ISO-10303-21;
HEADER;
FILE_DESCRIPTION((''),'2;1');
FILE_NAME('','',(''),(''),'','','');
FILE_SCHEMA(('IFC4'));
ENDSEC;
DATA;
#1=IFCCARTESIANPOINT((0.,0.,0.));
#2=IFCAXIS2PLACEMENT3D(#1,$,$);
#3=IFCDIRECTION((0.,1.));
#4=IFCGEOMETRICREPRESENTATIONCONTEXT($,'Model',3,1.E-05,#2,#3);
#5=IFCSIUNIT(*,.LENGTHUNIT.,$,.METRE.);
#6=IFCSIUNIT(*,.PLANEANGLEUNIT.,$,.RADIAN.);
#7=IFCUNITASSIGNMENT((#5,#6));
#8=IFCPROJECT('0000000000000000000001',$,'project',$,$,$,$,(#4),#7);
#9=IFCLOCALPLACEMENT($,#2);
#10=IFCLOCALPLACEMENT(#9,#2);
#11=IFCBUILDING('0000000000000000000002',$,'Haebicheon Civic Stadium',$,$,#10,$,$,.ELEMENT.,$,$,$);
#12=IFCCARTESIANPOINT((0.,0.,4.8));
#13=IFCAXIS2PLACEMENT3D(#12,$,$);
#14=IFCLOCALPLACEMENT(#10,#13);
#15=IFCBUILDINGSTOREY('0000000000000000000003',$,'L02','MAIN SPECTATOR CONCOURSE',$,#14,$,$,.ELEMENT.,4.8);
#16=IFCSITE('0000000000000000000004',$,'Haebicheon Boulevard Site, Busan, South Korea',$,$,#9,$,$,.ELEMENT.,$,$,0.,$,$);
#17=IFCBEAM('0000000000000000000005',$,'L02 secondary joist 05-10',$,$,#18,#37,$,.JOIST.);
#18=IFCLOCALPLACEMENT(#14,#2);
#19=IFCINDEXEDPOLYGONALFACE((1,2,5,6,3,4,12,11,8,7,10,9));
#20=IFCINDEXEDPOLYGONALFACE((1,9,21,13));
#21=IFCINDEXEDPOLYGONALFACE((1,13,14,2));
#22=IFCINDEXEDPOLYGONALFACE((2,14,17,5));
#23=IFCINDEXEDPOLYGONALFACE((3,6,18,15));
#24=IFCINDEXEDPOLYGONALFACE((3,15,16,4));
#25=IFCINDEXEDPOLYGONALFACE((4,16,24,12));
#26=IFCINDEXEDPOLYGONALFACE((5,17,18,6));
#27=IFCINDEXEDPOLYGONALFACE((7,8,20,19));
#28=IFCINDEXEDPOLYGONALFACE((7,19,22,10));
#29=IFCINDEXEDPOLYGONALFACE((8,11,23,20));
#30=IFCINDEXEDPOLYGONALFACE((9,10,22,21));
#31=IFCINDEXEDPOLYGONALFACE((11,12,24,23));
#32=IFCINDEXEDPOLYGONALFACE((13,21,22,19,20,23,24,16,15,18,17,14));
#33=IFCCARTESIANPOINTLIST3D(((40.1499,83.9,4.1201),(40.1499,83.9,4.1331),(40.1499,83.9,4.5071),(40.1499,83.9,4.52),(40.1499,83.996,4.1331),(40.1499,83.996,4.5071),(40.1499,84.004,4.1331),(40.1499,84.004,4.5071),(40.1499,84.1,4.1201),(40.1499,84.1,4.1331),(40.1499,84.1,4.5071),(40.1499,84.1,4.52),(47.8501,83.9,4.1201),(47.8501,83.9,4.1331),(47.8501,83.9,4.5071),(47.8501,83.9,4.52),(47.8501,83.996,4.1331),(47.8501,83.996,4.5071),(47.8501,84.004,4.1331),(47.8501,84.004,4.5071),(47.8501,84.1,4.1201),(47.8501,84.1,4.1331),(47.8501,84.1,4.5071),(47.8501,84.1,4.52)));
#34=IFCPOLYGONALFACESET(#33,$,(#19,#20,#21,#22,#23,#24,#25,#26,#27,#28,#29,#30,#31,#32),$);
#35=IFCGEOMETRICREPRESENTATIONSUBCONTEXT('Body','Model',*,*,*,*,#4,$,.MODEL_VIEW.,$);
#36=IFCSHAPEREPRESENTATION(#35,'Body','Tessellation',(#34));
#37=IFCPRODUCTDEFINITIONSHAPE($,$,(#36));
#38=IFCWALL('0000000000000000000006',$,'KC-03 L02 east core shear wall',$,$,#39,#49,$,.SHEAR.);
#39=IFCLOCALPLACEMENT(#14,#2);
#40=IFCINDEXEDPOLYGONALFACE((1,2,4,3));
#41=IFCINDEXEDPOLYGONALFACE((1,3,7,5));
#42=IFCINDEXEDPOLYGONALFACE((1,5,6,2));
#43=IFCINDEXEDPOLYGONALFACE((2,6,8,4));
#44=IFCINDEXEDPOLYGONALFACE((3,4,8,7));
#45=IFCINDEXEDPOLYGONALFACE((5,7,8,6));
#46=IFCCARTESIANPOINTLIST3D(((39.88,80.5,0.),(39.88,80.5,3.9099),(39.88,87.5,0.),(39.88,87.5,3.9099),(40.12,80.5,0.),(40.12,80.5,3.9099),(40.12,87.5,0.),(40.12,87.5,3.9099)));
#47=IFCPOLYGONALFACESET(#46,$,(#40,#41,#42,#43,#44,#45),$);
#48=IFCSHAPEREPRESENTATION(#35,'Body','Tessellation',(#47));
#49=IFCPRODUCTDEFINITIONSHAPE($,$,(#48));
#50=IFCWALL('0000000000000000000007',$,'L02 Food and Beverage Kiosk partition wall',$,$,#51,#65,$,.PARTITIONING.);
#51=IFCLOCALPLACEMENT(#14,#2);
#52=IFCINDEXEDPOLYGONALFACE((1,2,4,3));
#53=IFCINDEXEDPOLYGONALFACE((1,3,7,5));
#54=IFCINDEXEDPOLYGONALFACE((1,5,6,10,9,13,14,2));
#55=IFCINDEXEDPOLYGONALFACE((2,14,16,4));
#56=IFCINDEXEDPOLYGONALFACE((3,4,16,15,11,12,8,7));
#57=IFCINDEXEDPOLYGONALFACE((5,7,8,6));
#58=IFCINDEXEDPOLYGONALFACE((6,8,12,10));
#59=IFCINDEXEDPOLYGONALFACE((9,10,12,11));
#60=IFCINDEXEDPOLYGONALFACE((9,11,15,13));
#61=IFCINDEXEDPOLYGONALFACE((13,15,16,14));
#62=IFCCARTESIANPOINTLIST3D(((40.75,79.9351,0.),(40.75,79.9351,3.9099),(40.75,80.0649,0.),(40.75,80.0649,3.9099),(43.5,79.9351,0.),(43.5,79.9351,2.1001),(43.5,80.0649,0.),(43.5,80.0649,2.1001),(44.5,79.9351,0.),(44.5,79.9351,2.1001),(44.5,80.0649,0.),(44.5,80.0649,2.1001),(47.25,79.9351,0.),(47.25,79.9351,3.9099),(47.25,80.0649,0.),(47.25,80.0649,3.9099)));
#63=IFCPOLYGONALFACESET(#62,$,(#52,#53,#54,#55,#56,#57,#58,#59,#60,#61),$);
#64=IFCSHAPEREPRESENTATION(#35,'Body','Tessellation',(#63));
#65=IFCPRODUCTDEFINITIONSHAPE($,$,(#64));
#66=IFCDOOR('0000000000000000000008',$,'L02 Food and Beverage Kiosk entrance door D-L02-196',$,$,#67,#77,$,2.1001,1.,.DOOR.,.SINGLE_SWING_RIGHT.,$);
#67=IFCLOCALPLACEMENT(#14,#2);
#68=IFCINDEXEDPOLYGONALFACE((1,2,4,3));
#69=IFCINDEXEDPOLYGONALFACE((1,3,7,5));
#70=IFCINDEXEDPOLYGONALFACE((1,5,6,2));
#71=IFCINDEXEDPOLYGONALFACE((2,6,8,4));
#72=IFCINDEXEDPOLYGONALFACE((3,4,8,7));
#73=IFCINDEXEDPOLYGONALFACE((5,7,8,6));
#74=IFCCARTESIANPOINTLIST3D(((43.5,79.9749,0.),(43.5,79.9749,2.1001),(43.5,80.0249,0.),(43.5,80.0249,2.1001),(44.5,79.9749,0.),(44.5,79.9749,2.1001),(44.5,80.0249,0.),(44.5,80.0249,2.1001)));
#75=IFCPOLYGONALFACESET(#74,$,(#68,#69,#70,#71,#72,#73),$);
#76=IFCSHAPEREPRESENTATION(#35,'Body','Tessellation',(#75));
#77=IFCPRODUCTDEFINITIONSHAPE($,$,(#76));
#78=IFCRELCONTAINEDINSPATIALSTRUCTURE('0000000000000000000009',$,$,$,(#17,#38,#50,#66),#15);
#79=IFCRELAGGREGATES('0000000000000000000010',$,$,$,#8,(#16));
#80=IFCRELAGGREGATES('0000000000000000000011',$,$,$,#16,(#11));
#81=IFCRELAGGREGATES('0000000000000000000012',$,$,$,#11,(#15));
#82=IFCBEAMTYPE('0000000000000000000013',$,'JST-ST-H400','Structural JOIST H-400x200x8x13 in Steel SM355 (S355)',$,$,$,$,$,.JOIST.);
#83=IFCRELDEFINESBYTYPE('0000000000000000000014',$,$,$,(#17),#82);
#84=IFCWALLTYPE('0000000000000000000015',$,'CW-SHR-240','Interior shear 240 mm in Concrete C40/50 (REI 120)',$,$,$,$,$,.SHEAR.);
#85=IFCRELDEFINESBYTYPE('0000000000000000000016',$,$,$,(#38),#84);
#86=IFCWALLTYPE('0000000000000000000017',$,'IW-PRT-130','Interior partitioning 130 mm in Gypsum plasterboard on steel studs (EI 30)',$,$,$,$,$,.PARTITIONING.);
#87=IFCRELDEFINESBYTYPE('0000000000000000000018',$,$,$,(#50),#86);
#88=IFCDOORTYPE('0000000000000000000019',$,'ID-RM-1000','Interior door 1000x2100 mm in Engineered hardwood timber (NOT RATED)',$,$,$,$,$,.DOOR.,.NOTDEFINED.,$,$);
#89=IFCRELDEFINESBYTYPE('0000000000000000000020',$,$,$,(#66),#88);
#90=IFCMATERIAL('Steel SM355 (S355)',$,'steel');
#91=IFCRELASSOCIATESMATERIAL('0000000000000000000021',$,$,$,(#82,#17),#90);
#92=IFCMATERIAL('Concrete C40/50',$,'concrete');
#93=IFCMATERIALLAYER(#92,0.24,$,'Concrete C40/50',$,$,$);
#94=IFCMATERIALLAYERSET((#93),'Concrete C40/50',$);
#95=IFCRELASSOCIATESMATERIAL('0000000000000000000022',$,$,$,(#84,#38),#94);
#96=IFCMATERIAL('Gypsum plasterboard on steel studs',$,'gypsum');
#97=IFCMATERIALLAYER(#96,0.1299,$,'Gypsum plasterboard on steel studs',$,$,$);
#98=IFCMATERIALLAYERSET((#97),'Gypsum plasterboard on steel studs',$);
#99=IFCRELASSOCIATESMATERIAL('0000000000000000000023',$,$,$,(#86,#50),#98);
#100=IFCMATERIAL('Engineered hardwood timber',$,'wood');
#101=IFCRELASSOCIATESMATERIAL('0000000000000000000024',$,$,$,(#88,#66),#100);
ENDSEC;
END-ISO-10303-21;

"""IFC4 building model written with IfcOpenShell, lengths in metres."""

from ifc_helpers import new_model, si_unit, direction, frame, frame_2d, origin, origin_2d, place, context, subcontext, project, spatial, rectangle, i_section, extrude, material, layer, layer_set, material_profile, profile_set, type_object, element, fill, save


model = new_model("IFC4")

# Units and contexts
model_context = context("Model", 3, precision=1e-05, world=origin(), true_north=direction((0.0, 1.0)))
body_context = subcontext(model_context, "Body", "Model", "MODEL_VIEW")
ifc_project = project(units=[si_unit("LENGTHUNIT", "METRE"), si_unit("PLANEANGLEUNIT", "RADIAN")], contexts=[model_context])

# Site, building, storey
site_placement = place(None, origin())
site = spatial("IfcSite", under=ifc_project, at=site_placement, Name="Haebicheon Boulevard Site, Busan, South Korea", CompositionType="ELEMENT", RefElevation=0.0)
building_placement = place(site_placement, origin())
building = spatial("IfcBuilding", under=site, at=building_placement, Name="Haebicheon Civic Stadium", CompositionType="ELEMENT")
storey_placement = place(building_placement, frame((0.0, 0.0, 4.8)))
storey = spatial("IfcBuildingStorey", under=building, at=storey_placement, Name="L02", Description="MAIN SPECTATOR CONCOURSE", CompositionType="ELEMENT", Elevation=4.8)

# Beam
ifc_material_1 = material(Name="Steel SM355 (S355)", Category="steel")
ifc_material_profile_1 = material_profile(ifc_material_1, i_section(OverallWidth=0.2, OverallDepth=0.3999, WebThickness=0.0081, FlangeThickness=0.0129, at=origin_2d()), Name="H-400x200x8x13")
ifc_profile_set_1 = profile_set([ifc_material_profile_1], Name="Steel SM355 (S355)")
beam_type_1 = type_object("IfcBeamType", Name="JST-ST-H400", Description="Structural JOIST H-400x200x8x13 in Steel SM355 (S355)", PredefinedType="JOIST", material=ifc_profile_set_1)
beam_placement = place(storey_placement, frame((40.1499, 84.0, 4.3201), z_axis=(1.0, 0.0, 0.0), x_axis=(0.0, 1.0, 0.0)))
element("IfcBeam", 1, at=beam_placement, inside=storey, type_object=beam_type_1, material=ifc_profile_set_1, Name="L02 secondary joist 05-10", PredefinedType="JOIST", context=body_context, shape_type="SweptSolid", body=[
    extrude(i_section(OverallWidth=0.2, OverallDepth=0.3999, WebThickness=0.0081, FlangeThickness=0.0129, at=origin_2d()), origin(), (0.0, 0.0, 1.0), 7.7002),
])

# Wall
ifc_material_2 = material(Name="Concrete C40/50", Category="concrete")
ifc_layer_1 = layer(ifc_material_2, 0.24, Name="Concrete C40/50")
ifc_layer_set_1 = layer_set([ifc_layer_1], Name="Concrete C40/50")
wall_type_1 = type_object("IfcWallType", Name="CW-SHR-240", Description="Interior shear 240 mm in Concrete C40/50 (REI 120)", PredefinedType="SHEAR", material=ifc_layer_set_1)
wall_1_placement = place(storey_placement, frame((40.0, 80.5, 0.0), z_axis=(0.0, 0.0, 1.0), x_axis=(0.0, 1.0, 0.0)))
element("IfcWall", 2, at=wall_1_placement, inside=storey, type_object=wall_type_1, material=ifc_layer_set_1, Name="KC-03 L02 east core shear wall", PredefinedType="SHEAR", context=body_context, shape_type="SweptSolid", body=[
    extrude(rectangle(XDim=7.0, YDim=0.24, at=frame_2d((3.5, 0.0))), origin(), (0.0, 0.0, 1.0), 3.9099),
])

# Wall, opening, door
ifc_material_3 = material(Name="Gypsum plasterboard on steel studs", Category="gypsum")
ifc_layer_2 = layer(ifc_material_3, 0.1299, Name="Gypsum plasterboard on steel studs")
ifc_layer_set_2 = layer_set([ifc_layer_2], Name="Gypsum plasterboard on steel studs")
wall_type_2 = type_object("IfcWallType", Name="IW-PRT-130", Description="Interior partitioning 130 mm in Gypsum plasterboard on steel studs (EI 30)", PredefinedType="PARTITIONING", material=ifc_layer_set_2)
wall_2_placement = place(storey_placement, frame((40.75, 80.0, 0.0), z_axis=(0.0, 0.0, 1.0), x_axis=(1.0, 0.0, 0.0)))
wall_2 = element("IfcWall", 3, at=wall_2_placement, inside=storey, type_object=wall_type_2, material=ifc_layer_set_2, Name="L02 Food and Beverage Kiosk partition wall", PredefinedType="PARTITIONING", context=body_context, shape_type="SweptSolid", body=[
    extrude(rectangle(XDim=6.5, YDim=0.1299, at=frame_2d((3.25, 0.0))), origin(), (0.0, 0.0, 1.0), 3.9099),
])
opening_placement = place(wall_2_placement, frame((2.75, 0.0, 0.0)))
opening = element("IfcOpeningElement", 4, at=opening_placement, cuts=wall_2, PredefinedType="OPENING", context=body_context, shape_type="SweptSolid", body=[
    extrude(rectangle(XDim=1.0, YDim=2.1001, at=frame_2d((0.5, 1.05))), frame((0.0, 0.075, 0.0), z_axis=(0.0, -1.0, 0.0), x_axis=(1.0, 0.0, 0.0)), (0.0, 0.0, 1.0), 0.1499),
])
ifc_material_4 = material(Name="Engineered hardwood timber", Category="wood")
door_type = type_object("IfcDoorType", Name="ID-RM-1000", Description="Interior door 1000x2100 mm in Engineered hardwood timber (NOT RATED)", OperationType="NOTDEFINED", PredefinedType="DOOR", material=ifc_material_4)
door_placement = place(opening_placement, origin())
door = element("IfcDoor", 5, at=door_placement, inside=storey, type_object=door_type, material=ifc_material_4, Name="L02 Food and Beverage Kiosk entrance door D-L02-196", OperationType="SINGLE_SWING_RIGHT", OverallHeight=2.1001, OverallWidth=1.0, PredefinedType="DOOR", context=body_context, shape_type="SweptSolid", body=[
    extrude(rectangle(XDim=1.0, YDim=2.1001, at=frame_2d((0.5, 1.05))), frame((0.0, 0.0249, 0.0), z_axis=(0.0, -1.0, 0.0), x_axis=(1.0, 0.0, 0.0)), (0.0, 0.0, 1.0), 0.05),
])
fill(opening, door)

save(model, "model.ifc")
